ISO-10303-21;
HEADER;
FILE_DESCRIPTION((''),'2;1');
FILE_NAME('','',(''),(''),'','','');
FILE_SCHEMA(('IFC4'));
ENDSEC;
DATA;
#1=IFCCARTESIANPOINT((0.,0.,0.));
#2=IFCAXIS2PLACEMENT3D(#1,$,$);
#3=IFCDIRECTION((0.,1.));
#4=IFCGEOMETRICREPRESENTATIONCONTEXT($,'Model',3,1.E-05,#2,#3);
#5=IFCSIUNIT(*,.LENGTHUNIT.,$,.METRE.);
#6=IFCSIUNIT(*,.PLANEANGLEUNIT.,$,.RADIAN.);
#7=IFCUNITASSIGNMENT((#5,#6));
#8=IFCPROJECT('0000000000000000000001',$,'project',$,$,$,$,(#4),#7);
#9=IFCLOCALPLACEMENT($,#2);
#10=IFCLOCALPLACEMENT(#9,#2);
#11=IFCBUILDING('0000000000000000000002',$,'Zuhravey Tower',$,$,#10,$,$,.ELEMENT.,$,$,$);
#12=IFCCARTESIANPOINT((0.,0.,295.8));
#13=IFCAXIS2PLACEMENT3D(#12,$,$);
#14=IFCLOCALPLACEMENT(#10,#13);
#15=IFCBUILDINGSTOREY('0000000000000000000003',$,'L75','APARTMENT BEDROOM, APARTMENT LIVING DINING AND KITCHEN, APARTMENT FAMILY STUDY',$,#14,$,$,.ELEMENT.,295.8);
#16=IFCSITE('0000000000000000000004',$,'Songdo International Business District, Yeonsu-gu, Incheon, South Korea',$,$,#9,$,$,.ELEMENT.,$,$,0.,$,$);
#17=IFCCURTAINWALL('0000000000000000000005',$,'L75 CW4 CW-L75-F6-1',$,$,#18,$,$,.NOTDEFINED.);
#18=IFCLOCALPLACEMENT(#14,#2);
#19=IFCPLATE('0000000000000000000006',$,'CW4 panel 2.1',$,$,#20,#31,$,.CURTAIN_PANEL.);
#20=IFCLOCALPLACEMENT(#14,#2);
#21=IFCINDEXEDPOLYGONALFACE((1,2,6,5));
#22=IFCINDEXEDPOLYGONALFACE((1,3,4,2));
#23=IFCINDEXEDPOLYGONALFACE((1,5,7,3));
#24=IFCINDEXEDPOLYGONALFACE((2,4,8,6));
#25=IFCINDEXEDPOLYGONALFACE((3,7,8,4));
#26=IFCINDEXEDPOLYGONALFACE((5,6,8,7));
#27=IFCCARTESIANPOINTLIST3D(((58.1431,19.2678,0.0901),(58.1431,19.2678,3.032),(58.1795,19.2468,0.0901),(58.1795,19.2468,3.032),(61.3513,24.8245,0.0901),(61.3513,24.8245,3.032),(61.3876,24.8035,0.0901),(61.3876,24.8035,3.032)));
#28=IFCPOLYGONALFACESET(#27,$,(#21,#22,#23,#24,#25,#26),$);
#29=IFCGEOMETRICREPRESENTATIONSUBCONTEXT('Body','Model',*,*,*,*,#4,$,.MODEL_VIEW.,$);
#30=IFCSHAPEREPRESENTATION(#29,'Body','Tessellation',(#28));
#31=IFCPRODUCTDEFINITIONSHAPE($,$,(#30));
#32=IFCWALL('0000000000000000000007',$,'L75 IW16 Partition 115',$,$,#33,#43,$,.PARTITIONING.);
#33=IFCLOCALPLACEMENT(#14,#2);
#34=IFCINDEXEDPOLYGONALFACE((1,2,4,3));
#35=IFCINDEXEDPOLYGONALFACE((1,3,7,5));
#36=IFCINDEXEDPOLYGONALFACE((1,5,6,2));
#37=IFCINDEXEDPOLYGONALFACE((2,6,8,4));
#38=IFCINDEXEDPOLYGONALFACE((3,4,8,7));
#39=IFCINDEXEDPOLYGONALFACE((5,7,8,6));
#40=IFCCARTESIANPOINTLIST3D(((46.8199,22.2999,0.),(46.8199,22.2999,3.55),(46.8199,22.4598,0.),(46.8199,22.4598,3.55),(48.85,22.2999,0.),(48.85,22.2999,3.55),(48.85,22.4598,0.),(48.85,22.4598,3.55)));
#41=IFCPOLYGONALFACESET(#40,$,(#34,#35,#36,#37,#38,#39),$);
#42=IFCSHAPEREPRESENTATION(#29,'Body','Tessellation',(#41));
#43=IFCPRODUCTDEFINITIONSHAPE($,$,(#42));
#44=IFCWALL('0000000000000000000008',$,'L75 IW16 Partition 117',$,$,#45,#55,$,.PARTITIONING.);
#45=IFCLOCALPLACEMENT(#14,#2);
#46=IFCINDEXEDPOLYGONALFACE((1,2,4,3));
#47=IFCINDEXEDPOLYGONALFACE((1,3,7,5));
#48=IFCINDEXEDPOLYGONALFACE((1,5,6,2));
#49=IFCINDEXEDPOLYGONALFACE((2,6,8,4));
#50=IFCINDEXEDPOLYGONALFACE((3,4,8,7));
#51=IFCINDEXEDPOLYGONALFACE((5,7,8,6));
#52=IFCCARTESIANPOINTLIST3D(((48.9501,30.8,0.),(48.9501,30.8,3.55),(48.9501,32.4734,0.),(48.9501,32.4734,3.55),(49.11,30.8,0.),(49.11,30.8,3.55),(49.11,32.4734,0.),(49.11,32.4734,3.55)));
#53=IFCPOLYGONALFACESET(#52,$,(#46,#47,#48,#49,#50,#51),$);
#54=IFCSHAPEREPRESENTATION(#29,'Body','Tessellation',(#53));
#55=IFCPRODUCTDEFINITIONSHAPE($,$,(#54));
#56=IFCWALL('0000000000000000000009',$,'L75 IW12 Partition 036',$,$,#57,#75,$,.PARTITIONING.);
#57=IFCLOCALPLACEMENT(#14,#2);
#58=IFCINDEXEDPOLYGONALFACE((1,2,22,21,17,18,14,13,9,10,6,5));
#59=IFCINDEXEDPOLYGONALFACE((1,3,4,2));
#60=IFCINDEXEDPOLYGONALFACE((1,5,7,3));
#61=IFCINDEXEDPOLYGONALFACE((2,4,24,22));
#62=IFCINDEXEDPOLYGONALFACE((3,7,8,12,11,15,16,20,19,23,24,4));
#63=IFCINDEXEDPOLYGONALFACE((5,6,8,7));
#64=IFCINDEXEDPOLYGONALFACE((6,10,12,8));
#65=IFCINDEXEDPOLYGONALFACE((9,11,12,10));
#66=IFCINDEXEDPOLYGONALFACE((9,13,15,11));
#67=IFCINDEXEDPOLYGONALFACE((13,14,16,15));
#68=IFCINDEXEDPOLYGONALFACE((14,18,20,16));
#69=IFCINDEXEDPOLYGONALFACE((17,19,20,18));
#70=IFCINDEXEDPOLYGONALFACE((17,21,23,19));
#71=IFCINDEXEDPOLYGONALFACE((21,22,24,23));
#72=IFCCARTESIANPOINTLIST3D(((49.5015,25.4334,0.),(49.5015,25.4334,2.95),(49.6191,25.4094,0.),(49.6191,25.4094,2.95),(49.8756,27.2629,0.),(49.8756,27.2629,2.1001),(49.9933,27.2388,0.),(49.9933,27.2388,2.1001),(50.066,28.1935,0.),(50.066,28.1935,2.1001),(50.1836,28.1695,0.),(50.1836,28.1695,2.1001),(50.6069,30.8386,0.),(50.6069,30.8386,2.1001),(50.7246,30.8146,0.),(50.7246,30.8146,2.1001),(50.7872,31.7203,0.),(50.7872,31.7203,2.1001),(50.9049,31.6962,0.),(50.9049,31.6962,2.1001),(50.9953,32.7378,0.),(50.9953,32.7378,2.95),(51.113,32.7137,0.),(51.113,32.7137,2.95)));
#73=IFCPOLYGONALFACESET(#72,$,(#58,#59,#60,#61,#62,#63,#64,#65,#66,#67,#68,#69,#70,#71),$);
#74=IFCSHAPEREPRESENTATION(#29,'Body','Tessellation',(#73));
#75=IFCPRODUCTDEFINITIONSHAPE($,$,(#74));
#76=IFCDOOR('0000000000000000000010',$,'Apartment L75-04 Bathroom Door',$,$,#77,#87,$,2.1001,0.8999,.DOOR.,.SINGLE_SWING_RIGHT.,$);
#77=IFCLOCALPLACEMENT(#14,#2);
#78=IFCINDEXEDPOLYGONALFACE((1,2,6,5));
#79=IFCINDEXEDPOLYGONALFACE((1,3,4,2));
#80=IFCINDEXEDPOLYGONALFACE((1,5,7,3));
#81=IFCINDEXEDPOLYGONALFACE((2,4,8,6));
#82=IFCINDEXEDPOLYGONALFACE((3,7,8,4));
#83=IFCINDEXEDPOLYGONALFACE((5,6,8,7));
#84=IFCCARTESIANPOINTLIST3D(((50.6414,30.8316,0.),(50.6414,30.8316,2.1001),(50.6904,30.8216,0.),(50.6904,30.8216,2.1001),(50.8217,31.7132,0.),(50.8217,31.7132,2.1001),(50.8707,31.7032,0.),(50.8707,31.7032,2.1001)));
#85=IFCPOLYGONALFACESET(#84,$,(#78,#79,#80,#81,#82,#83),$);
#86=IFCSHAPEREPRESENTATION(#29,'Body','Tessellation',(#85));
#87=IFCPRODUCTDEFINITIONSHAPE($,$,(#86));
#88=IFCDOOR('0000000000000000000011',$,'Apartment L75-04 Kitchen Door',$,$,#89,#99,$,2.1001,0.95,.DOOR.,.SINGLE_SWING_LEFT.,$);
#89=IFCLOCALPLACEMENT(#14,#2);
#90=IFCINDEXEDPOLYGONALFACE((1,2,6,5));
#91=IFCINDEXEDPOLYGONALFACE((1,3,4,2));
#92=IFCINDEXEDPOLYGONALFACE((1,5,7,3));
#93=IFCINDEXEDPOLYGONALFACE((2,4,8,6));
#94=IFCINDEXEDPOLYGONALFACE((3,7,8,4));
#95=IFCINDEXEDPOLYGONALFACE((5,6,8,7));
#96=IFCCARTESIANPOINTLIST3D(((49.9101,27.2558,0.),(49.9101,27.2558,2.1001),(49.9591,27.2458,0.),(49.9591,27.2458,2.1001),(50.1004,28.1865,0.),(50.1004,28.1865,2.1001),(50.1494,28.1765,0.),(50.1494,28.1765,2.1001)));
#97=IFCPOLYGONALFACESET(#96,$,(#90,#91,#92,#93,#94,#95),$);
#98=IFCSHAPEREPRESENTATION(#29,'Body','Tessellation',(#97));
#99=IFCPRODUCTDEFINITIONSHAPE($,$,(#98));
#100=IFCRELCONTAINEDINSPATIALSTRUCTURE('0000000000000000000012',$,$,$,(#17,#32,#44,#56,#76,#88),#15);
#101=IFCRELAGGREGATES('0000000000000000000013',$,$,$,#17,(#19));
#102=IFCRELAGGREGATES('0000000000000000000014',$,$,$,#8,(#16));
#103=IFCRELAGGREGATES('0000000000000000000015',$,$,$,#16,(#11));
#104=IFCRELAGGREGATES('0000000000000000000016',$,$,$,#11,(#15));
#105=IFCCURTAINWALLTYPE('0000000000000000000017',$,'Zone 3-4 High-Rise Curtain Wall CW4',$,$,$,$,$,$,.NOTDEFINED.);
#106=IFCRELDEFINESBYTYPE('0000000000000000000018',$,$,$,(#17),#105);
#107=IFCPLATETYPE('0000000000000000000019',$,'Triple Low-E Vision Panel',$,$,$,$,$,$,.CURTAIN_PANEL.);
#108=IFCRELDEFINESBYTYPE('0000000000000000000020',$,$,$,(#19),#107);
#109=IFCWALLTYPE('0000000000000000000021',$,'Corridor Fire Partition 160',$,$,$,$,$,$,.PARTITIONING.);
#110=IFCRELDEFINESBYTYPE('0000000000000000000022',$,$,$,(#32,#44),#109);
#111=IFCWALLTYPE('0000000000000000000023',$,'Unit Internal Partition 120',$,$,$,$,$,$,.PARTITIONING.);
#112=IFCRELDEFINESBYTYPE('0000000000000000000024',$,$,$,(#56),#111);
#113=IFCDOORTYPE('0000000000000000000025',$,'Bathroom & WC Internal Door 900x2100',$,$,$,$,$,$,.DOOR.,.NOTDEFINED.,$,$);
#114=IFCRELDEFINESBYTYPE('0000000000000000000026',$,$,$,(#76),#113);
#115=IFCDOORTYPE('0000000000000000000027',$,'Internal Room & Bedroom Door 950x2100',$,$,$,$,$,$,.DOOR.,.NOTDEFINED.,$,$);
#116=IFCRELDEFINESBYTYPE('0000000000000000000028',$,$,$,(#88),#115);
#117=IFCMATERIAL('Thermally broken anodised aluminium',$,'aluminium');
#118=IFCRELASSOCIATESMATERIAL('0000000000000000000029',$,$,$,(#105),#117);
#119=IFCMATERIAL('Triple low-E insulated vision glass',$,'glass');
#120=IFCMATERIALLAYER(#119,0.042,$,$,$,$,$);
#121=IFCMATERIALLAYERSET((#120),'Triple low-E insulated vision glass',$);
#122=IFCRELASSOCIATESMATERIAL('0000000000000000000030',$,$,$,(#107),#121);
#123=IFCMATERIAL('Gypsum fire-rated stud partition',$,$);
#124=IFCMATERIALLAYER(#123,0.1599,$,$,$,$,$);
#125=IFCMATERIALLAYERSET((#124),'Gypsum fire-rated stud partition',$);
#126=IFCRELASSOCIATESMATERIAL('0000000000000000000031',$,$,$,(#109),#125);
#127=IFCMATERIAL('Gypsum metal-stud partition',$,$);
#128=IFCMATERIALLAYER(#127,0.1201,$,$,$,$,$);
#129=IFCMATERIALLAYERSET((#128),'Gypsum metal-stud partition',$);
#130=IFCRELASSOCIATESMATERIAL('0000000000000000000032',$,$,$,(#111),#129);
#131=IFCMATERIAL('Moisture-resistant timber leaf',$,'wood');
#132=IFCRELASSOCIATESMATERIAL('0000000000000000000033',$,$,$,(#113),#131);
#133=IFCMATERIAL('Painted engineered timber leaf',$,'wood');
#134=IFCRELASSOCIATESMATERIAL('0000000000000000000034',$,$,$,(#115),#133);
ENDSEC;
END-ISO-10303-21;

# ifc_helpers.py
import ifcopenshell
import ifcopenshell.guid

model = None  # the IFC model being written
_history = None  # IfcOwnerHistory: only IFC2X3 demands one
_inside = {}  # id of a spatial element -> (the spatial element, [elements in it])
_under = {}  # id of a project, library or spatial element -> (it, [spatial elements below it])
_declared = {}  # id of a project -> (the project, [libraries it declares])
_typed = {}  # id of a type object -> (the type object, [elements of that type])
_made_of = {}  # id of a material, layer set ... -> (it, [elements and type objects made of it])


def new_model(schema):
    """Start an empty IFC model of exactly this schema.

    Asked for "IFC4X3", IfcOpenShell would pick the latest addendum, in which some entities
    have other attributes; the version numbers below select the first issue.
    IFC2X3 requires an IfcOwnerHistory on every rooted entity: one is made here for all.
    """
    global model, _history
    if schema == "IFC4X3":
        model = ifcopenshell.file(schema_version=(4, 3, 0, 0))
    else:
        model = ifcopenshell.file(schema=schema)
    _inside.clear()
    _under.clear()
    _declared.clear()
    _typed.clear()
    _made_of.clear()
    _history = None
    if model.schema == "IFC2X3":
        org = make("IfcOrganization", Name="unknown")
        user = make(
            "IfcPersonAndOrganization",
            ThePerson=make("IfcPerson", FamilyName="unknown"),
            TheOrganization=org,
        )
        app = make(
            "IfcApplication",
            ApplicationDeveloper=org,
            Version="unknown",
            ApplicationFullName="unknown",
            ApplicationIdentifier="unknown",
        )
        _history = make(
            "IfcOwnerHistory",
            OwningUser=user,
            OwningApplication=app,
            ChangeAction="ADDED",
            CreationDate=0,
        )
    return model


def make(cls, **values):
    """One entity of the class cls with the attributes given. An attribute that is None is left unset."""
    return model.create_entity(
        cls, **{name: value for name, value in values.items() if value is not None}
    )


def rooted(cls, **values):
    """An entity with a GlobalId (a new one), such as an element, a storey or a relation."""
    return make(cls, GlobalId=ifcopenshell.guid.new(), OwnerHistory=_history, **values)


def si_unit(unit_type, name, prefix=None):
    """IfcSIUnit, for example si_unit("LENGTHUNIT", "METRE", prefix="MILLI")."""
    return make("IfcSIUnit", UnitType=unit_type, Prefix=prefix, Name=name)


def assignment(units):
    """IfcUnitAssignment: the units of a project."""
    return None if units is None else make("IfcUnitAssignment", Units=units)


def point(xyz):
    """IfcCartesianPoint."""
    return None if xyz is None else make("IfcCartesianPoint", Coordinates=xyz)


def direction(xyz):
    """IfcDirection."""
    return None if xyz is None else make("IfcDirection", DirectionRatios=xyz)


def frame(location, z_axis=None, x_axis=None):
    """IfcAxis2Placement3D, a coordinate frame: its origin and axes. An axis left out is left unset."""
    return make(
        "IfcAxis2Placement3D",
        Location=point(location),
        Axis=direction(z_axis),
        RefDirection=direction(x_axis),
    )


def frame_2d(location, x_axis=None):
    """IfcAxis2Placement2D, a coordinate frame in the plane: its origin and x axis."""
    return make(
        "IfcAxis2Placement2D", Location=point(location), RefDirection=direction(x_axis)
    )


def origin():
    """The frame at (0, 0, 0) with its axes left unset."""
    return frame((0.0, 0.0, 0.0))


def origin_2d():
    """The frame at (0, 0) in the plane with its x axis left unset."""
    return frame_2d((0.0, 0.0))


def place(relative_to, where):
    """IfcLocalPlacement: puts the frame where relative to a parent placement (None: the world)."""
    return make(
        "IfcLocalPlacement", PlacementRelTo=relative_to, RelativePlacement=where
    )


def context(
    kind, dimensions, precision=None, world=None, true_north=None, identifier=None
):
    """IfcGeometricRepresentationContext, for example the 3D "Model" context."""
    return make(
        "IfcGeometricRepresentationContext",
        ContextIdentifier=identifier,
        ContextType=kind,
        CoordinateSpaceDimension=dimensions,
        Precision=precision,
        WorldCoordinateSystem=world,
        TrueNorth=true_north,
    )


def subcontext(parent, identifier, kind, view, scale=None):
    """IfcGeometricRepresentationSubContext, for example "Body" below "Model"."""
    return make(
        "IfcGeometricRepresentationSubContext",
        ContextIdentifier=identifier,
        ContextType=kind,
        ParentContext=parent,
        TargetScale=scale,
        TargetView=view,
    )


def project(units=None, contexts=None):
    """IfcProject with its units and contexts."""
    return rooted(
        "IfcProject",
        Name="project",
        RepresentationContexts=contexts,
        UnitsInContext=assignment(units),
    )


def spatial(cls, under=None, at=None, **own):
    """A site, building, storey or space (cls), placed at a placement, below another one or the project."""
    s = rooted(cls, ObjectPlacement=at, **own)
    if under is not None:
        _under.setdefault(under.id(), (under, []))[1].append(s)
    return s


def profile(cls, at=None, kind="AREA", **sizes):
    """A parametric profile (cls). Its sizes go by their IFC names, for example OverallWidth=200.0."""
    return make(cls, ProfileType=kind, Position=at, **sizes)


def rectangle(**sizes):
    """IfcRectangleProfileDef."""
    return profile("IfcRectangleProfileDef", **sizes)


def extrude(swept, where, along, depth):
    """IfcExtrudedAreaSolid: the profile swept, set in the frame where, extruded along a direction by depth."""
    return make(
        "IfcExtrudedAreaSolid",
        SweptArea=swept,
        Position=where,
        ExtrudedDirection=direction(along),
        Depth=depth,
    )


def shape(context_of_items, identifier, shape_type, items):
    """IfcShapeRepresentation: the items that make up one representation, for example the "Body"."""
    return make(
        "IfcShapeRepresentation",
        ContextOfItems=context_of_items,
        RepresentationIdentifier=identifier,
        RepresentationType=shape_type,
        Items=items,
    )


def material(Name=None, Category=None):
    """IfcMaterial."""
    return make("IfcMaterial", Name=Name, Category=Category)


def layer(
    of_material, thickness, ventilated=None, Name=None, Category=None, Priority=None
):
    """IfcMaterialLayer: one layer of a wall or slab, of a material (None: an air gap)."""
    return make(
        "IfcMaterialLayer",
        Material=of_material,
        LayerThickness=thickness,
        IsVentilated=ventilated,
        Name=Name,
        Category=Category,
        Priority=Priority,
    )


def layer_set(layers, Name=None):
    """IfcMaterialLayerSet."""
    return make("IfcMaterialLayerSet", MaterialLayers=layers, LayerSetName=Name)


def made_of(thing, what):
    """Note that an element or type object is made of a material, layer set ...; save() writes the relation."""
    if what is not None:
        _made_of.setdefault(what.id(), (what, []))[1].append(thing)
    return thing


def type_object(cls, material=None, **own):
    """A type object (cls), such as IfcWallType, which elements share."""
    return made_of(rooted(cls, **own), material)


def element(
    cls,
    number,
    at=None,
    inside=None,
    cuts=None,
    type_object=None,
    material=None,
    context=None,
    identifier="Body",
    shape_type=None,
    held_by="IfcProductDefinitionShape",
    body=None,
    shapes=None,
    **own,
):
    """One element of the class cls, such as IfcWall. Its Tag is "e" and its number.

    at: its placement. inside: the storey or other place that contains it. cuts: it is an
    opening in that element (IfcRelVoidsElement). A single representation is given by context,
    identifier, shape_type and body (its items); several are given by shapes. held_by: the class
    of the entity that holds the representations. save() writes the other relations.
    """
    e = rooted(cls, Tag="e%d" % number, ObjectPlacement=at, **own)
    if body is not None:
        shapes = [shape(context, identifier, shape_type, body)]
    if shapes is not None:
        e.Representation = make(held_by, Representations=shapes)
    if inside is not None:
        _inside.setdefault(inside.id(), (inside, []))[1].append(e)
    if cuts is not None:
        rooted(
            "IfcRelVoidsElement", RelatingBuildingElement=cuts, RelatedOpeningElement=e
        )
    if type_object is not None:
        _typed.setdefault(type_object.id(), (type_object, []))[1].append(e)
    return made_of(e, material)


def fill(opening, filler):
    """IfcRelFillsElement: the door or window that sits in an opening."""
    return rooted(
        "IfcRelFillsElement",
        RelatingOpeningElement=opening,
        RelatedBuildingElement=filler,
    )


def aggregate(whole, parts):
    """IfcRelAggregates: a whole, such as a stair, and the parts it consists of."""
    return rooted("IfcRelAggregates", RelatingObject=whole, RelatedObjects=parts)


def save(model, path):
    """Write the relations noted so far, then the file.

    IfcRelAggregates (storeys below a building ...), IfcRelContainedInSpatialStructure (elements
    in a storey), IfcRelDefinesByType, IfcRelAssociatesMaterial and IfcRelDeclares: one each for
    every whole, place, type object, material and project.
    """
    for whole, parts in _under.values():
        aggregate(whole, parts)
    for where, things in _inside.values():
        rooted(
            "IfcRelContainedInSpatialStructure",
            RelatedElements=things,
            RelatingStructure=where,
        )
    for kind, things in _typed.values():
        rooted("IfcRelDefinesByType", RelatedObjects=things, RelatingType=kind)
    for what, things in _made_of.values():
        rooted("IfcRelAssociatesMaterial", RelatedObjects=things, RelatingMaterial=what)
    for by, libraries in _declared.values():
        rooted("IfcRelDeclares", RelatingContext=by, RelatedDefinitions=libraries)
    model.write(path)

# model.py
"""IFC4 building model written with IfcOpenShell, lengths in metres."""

from ifc_helpers import new_model, si_unit, direction, frame, frame_2d, origin, origin_2d, place, context, subcontext, project, spatial, rectangle, extrude, material, layer, layer_set, type_object, element, fill, aggregate, save


model = new_model("IFC4")

# Units and contexts
model_context = context("Model", 3, precision=1e-05, world=origin(), true_north=direction((0.0, 1.0)))
body_context = subcontext(model_context, "Body", "Model", "MODEL_VIEW")
ifc_project = project(units=[si_unit("LENGTHUNIT", "METRE"), si_unit("PLANEANGLEUNIT", "RADIAN")], contexts=[model_context])

# Site, building, storey
site_placement = place(None, origin())
site = spatial("IfcSite", under=ifc_project, at=site_placement, Name="Songdo International Business District, Yeonsu-gu, Incheon, South Korea", CompositionType="ELEMENT", RefElevation=0.0)
building_placement = place(site_placement, origin())
building = spatial("IfcBuilding", under=site, at=building_placement, Name="Zuhravey Tower", CompositionType="ELEMENT")
storey_placement = place(building_placement, frame((0.0, 0.0, 295.8)))
storey = spatial("IfcBuildingStorey", under=building, at=storey_placement, Name="L75", Description="APARTMENT BEDROOM, APARTMENT LIVING DINING AND KITCHEN, APARTMENT FAMILY STUDY", CompositionType="ELEMENT", Elevation=295.8)

# Curtain wall
ifc_material_1 = material(Name="Thermally broken anodised aluminium", Category="aluminium")
curtain_wall_type = type_object("IfcCurtainWallType", Name="Zone 3-4 High-Rise Curtain Wall CW4", PredefinedType="NOTDEFINED", material=ifc_material_1)
curtain_wall_placement = place(storey_placement, origin())
curtain_wall = element("IfcCurtainWall", 1, at=curtain_wall_placement, inside=storey, type_object=curtain_wall_type, Name="L75 CW4 CW-L75-F6-1", PredefinedType="NOTDEFINED")

# Plate
ifc_material_2 = material(Name="Triple low-E insulated vision glass", Category="glass")
ifc_layer_1 = layer(ifc_material_2, 0.042)
ifc_layer_set_1 = layer_set([ifc_layer_1], Name="Triple low-E insulated vision glass")
plate_type = type_object("IfcPlateType", Name="Triple Low-E Vision Panel", PredefinedType="CURTAIN_PANEL", material=ifc_layer_set_1)
plate_1_placement = place(storey_placement, frame((59.7654, 22.0356, 0.0901), z_axis=(0.0, 0.0, 1.0), x_axis=(-0.500001, -0.866025, 0.0)))
plate_1 = element("IfcPlate", 2, at=plate_1_placement, type_object=plate_type, Name="CW4 panel 2.1", PredefinedType="CURTAIN_PANEL", context=body_context, shape_type="SweptSolid", body=[
    extrude(rectangle(XDim=6.4163, YDim=0.042, at=origin_2d()), origin(), (0.0, 0.0, 1.0), 2.9419),
])
aggregate(curtain_wall, [plate_1])

# Shared definitions
ifc_material_3 = material(Name="Gypsum fire-rated stud partition")
ifc_layer_2 = layer(ifc_material_3, 0.1599)
ifc_layer_set_2 = layer_set([ifc_layer_2], Name="Gypsum fire-rated stud partition")
wall_type_1 = type_object("IfcWallType", Name="Corridor Fire Partition 160", PredefinedType="PARTITIONING", material=ifc_layer_set_2)

# Walls
wall_1_placement = place(storey_placement, frame((48.8501, 22.3799, 0.0), z_axis=(0.0, 0.0, 1.0), x_axis=(-1.0, 0.0, 0.0)))
element("IfcWall", 3, at=wall_1_placement, inside=storey, type_object=wall_type_1, Name="L75 IW16 Partition 115", PredefinedType="PARTITIONING", context=body_context, shape_type="SweptSolid", body=[
    extrude(rectangle(XDim=2.03, YDim=0.1599, at=frame_2d((1.0151, 0.0))), origin(), (0.0, 0.0, 1.0), 3.55),
])
wall_2_placement = place(storey_placement, frame((49.03, 30.8, 0.0), z_axis=(0.0, 0.0, 1.0), x_axis=(0.0, 1.0, 0.0)))
element("IfcWall", 4, at=wall_2_placement, inside=storey, type_object=wall_type_1, Name="L75 IW16 Partition 117", PredefinedType="PARTITIONING", context=body_context, shape_type="SweptSolid", body=[
    extrude(rectangle(XDim=1.6733, YDim=0.1599, at=frame_2d((0.8367, 0.0))), origin(), (0.0, 0.0, 1.0), 3.55),
])

# Wall, openings, doors
ifc_material_4 = material(Name="Gypsum metal-stud partition")
ifc_layer_3 = layer(ifc_material_4, 0.1201)
ifc_layer_set_3 = layer_set([ifc_layer_3], Name="Gypsum metal-stud partition")
wall_type_2 = type_object("IfcWallType", Name="Unit Internal Partition 120", PredefinedType="PARTITIONING", material=ifc_layer_set_3)
wall_3_placement = place(storey_placement, frame((49.5603, 25.4214, 0.0), z_axis=(0.0, 0.0, 1.0), x_axis=(0.200371, 0.97972, 0.0)))
wall_3 = element("IfcWall", 5, at=wall_3_placement, inside=storey, type_object=wall_type_2, Name="L75 IW12 Partition 036", PredefinedType="PARTITIONING", context=body_context, shape_type="SweptSolid", body=[
    extrude(rectangle(XDim=7.4556, YDim=0.1201, at=frame_2d((3.7278, 0.0))), origin(), (0.0, 0.0, 1.0), 2.95),
])
opening_1_placement = place(wall_3_placement, frame((1.8672, 0.0, 0.0)))
opening_1 = element("IfcOpeningElement", 6, at=opening_1_placement, cuts=wall_3, PredefinedType="OPENING", context=body_context, shape_type="SweptSolid", body=[
    extrude(rectangle(XDim=0.95, YDim=2.1001, at=frame_2d((0.4751, 1.05))), frame((0.0, 0.072, 0.0), z_axis=(0.0, -1.0, 0.0), x_axis=(1.0, 0.0, 0.0)), (0.0, 0.0, 1.0), 0.144),
])
opening_2_placement = place(wall_3_placement, frame((5.5171, 0.0, 0.0)))
opening_2 = element("IfcOpeningElement", 7, at=opening_2_placement, cuts=wall_3, PredefinedType="OPENING", context=body_context, shape_type="SweptSolid", body=[
    extrude(rectangle(XDim=0.8999, YDim=2.1001, at=frame_2d((0.45, 1.05))), frame((0.0, 0.072, 0.0), z_axis=(0.0, -1.0, 0.0), x_axis=(1.0, 0.0, 0.0)), (0.0, 0.0, 1.0), 0.144),
])
ifc_material_5 = material(Name="Moisture-resistant timber leaf", Category="wood")
door_type_1 = type_object("IfcDoorType", Name="Bathroom & WC Internal Door 900x2100", OperationType="NOTDEFINED", PredefinedType="DOOR", material=ifc_material_5)
door_1_placement = place(opening_2_placement, origin())
door_1 = element("IfcDoor", 8, at=door_1_placement, inside=storey, type_object=door_type_1, Name="Apartment L75-04 Bathroom Door", OperationType="SINGLE_SWING_RIGHT", OverallHeight=2.1001, OverallWidth=0.8999, PredefinedType="DOOR", context=body_context, shape_type="SweptSolid", body=[
    extrude(rectangle(XDim=0.8999, YDim=2.1001, at=frame_2d((0.45, 1.05))), frame((0.0, 0.0249, 0.0), z_axis=(0.0, -1.0, 0.0), x_axis=(1.0, 0.0, 0.0)), (0.0, 0.0, 1.0), 0.05),
])
fill(opening_2, door_1)
ifc_material_6 = material(Name="Painted engineered timber leaf", Category="wood")
door_type_2 = type_object("IfcDoorType", Name="Internal Room & Bedroom Door 950x2100", OperationType="NOTDEFINED", PredefinedType="DOOR", material=ifc_material_6)
door_2_placement = place(opening_1_placement, origin())
door_2 = element("IfcDoor", 9, at=door_2_placement, inside=storey, type_object=door_type_2, Name="Apartment L75-04 Kitchen Door", OperationType="SINGLE_SWING_LEFT", OverallHeight=2.1001, OverallWidth=0.95, PredefinedType="DOOR", context=body_context, shape_type="SweptSolid", body=[
    extrude(rectangle(XDim=0.95, YDim=2.1001, at=frame_2d((0.4751, 1.05))), frame((0.0, 0.0249, 0.0), z_axis=(0.0, -1.0, 0.0), x_axis=(1.0, 0.0, 0.0)), (0.0, 0.0, 1.0), 0.05),
])
fill(opening_1, door_2)

save(model, "model.ifc")
